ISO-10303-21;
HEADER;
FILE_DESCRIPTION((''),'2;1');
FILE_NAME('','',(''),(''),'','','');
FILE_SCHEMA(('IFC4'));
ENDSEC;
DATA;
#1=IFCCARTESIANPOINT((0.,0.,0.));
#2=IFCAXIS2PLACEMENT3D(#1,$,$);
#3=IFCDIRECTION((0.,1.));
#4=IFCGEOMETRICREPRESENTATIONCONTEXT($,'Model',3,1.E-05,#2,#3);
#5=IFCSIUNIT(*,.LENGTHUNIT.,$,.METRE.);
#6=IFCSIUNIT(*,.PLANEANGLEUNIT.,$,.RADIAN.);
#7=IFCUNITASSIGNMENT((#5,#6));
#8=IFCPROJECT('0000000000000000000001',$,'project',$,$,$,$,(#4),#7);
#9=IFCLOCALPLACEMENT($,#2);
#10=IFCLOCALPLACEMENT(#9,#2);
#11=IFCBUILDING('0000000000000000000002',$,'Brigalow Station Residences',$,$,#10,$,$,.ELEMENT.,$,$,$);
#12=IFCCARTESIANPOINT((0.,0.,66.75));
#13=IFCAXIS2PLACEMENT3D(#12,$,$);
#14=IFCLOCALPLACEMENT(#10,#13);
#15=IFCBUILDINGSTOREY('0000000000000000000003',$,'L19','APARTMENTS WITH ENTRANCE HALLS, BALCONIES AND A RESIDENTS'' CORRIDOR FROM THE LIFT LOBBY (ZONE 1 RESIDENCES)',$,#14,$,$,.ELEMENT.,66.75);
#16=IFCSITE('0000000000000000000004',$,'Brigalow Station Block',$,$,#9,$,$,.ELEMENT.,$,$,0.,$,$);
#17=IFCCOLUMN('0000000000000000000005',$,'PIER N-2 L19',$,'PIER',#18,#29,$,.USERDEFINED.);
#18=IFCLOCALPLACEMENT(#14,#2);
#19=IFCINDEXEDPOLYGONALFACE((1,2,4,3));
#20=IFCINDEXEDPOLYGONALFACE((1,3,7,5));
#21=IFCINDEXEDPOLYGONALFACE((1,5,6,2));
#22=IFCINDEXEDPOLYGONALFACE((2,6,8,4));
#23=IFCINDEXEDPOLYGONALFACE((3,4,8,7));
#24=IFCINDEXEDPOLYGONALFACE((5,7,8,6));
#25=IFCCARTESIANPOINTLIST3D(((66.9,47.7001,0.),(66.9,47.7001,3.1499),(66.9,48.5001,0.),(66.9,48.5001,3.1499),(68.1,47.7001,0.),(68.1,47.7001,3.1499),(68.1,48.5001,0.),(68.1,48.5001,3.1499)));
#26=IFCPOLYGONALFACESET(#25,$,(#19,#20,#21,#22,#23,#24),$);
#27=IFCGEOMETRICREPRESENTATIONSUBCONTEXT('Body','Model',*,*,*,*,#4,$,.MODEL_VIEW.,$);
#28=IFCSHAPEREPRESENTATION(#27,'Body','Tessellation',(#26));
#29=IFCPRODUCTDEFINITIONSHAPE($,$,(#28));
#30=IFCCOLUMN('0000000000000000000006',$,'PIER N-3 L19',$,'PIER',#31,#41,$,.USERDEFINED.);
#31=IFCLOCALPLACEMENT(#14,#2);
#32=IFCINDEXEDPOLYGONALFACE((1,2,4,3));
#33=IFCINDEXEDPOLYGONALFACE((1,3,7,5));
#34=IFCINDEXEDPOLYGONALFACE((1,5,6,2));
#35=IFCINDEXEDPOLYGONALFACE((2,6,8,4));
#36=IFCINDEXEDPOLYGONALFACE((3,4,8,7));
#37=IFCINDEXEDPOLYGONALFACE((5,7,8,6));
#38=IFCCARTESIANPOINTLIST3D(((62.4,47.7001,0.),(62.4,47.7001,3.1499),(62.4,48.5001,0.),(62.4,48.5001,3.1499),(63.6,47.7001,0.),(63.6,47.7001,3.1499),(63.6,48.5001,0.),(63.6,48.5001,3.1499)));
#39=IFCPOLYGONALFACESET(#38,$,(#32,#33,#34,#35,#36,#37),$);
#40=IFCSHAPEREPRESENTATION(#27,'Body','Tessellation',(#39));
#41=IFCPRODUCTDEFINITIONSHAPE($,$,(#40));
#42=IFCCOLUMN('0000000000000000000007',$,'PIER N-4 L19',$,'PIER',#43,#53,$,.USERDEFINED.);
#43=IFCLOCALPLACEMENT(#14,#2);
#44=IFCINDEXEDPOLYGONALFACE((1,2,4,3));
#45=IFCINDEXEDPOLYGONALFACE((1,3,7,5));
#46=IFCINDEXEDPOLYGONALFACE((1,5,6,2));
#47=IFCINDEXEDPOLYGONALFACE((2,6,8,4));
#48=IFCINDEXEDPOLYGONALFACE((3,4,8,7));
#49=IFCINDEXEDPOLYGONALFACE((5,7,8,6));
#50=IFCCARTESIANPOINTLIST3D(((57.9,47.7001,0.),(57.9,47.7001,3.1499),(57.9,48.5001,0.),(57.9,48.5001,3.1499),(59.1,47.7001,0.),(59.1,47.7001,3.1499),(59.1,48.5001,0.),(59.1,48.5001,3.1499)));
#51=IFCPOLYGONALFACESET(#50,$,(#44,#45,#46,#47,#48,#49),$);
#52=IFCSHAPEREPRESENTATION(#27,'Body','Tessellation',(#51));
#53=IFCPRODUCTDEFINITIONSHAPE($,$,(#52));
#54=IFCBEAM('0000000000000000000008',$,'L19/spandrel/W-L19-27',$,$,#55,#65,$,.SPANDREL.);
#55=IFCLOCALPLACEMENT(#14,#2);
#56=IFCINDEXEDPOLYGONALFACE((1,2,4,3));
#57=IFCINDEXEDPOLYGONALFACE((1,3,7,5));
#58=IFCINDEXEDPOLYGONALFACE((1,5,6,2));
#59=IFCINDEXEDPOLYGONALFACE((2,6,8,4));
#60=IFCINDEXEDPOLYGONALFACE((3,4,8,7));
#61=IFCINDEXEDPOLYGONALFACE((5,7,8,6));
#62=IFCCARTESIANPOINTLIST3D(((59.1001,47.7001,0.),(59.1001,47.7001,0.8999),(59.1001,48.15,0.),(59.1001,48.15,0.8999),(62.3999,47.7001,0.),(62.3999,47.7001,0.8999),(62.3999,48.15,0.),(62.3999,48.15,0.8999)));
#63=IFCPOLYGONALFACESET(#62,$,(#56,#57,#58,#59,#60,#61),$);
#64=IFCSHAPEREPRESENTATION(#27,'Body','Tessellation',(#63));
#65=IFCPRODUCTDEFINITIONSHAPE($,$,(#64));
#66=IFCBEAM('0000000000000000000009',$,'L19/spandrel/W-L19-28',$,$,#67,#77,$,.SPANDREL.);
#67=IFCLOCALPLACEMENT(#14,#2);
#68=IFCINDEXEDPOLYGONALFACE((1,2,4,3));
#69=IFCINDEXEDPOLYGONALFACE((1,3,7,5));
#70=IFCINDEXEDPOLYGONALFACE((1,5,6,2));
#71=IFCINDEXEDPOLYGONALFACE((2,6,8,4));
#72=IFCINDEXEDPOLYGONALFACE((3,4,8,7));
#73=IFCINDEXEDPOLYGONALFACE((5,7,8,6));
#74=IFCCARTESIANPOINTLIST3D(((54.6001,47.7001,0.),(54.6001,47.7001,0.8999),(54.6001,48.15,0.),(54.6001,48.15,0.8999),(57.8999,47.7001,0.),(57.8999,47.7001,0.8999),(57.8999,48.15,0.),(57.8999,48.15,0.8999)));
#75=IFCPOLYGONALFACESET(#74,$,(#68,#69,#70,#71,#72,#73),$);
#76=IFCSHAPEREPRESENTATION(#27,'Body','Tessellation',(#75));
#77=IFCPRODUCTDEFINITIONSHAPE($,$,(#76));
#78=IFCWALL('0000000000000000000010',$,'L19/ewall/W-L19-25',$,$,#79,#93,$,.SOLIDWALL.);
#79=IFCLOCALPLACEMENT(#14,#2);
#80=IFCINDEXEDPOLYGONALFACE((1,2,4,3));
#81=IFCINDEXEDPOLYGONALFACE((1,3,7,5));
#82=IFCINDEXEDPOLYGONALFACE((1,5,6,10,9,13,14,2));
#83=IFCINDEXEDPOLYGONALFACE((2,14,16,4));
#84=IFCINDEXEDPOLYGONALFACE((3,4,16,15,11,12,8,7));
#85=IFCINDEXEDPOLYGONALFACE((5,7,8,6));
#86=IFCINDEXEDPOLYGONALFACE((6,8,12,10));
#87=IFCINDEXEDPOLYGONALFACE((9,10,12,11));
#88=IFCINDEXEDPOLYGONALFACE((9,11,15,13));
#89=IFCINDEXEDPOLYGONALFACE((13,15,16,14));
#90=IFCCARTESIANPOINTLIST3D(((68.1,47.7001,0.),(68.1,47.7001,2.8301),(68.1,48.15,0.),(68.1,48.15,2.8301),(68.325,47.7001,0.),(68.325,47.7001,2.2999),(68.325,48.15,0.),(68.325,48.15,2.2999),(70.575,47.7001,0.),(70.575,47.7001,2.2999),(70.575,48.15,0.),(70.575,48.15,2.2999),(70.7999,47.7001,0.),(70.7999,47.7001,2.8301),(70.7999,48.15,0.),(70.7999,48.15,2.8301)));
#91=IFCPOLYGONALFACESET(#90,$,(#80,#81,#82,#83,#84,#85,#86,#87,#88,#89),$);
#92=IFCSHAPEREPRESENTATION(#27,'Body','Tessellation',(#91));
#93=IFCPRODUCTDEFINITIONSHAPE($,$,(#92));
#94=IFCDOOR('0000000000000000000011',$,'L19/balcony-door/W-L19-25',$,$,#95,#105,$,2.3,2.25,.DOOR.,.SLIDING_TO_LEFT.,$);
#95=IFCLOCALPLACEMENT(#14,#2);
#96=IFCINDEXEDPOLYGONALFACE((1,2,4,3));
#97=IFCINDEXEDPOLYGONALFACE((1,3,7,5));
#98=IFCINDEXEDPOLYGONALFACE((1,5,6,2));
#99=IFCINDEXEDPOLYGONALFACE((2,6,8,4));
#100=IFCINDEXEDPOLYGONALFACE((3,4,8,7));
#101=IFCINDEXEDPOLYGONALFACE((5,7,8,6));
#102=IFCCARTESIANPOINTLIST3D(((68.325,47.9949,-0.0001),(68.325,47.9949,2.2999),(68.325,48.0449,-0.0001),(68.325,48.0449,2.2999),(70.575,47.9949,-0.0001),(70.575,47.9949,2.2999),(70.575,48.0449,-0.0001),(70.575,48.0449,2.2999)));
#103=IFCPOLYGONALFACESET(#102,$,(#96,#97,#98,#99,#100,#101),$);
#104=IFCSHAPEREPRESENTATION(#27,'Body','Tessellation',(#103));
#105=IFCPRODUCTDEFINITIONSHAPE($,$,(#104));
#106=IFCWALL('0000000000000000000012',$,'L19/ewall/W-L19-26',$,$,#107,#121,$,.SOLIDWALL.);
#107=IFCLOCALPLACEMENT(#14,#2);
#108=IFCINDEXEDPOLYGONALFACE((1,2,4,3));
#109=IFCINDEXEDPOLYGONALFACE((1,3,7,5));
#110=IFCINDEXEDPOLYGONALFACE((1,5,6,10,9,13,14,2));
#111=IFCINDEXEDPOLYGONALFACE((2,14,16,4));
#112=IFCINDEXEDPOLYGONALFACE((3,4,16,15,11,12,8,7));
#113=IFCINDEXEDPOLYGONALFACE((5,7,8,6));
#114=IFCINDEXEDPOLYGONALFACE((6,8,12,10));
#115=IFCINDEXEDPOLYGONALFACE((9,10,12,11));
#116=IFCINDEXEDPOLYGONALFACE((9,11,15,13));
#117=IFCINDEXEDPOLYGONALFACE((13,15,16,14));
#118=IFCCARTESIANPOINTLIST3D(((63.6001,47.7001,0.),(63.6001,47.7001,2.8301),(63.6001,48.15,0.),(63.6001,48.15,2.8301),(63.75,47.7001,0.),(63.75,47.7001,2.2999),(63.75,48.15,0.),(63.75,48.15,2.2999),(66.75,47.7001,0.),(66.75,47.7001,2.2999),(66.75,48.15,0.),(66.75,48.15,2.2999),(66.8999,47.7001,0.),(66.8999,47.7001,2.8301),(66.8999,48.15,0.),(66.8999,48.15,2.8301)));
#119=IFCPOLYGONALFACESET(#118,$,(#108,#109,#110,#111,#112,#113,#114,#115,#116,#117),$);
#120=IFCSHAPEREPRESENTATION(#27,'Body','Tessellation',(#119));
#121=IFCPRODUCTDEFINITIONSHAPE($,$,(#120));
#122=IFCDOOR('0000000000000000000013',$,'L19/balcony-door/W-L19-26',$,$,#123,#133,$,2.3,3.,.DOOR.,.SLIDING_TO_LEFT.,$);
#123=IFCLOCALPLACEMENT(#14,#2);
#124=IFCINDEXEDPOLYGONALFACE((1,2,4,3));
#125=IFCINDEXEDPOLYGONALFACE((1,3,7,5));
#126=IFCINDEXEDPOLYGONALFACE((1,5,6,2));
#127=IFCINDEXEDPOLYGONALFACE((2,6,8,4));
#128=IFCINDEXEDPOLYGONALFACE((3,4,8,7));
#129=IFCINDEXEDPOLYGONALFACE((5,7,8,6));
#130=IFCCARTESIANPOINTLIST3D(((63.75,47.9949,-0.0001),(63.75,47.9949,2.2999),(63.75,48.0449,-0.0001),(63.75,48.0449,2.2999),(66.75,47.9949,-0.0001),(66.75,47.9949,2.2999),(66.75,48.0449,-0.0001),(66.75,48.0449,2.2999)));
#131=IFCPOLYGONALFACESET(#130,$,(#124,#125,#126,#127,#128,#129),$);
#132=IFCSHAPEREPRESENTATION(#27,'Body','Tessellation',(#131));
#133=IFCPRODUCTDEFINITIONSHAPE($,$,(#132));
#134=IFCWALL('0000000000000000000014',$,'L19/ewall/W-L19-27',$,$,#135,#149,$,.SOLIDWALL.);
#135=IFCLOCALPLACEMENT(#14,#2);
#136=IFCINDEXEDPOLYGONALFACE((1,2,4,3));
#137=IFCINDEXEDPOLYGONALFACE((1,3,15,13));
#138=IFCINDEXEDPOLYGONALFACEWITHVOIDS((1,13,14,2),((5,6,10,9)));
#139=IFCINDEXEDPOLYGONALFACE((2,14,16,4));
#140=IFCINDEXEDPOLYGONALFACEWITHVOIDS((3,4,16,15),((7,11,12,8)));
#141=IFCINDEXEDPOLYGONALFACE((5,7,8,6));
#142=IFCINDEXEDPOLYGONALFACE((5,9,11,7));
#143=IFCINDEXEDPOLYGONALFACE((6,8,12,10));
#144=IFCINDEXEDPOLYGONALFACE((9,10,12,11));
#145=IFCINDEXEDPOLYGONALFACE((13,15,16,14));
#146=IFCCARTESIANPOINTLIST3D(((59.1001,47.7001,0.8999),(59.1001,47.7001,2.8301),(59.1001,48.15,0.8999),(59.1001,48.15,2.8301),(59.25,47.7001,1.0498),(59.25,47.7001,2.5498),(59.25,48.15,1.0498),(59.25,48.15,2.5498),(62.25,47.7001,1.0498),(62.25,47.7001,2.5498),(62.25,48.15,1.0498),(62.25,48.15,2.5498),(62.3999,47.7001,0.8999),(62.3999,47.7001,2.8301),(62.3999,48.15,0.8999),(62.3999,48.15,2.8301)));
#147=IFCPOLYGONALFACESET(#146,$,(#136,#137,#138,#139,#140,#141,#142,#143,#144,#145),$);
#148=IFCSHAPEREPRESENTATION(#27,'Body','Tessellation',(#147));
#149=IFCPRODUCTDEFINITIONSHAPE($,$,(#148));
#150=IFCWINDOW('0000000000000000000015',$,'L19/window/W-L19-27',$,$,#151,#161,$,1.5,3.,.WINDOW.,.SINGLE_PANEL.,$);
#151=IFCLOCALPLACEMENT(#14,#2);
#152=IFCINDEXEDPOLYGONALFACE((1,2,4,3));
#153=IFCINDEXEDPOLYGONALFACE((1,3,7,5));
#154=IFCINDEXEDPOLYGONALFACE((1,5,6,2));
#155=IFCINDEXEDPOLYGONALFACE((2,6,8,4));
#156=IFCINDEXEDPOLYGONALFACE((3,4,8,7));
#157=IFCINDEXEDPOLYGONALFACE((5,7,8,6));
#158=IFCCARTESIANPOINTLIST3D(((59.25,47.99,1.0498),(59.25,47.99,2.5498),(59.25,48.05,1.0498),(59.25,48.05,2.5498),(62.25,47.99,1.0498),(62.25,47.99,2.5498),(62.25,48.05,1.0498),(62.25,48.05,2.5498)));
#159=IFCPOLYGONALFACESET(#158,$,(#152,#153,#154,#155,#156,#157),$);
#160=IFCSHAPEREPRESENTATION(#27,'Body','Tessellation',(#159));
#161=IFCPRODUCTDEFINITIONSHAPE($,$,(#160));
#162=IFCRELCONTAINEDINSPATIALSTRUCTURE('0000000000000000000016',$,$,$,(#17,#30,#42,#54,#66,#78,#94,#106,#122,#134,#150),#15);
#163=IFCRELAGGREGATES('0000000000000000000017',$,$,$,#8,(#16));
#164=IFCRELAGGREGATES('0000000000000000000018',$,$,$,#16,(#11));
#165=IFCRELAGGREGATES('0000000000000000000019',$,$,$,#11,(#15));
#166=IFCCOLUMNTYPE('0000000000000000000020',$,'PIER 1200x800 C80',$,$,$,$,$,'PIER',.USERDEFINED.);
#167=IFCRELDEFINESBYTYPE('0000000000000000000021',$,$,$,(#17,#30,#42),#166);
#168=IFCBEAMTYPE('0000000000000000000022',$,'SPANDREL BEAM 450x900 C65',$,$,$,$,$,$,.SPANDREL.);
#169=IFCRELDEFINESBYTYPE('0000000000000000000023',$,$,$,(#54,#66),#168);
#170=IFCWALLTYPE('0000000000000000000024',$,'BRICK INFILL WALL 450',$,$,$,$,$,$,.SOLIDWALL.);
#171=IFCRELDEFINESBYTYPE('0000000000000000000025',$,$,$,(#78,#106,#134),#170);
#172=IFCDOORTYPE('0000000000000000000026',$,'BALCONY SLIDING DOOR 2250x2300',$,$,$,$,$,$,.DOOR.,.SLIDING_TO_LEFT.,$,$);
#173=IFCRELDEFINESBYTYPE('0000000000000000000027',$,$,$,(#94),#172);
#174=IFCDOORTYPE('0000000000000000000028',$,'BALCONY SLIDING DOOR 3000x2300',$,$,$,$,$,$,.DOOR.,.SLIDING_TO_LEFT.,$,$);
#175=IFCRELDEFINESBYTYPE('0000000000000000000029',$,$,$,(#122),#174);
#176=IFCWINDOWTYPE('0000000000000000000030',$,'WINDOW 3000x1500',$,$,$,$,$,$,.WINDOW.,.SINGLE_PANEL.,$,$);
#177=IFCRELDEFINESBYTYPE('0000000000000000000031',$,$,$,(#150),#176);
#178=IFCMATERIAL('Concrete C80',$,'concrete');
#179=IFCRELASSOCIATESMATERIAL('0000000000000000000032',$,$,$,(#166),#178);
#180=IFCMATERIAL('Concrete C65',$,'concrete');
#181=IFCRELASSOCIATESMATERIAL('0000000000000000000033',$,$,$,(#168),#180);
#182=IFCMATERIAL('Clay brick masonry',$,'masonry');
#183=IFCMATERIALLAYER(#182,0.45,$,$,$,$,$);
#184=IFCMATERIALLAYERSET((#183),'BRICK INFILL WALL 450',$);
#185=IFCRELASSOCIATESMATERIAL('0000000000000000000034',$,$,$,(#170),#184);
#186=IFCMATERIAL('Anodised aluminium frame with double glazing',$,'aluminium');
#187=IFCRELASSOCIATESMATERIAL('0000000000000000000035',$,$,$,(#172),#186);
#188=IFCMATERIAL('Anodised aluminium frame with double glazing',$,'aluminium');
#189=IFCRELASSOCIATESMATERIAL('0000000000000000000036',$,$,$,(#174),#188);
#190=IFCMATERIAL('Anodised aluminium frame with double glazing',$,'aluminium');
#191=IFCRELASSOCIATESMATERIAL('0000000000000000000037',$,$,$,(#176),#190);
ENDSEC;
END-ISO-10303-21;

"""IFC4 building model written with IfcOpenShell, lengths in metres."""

from ifc_helpers import new_model, si_unit, direction, frame, frame_2d, origin, origin_2d, place, context, subcontext, project, spatial, rectangle, extrude, material, layer, layer_set, material_profile, profile_set, type_object, element, fill, save


model = new_model("IFC4")

# Units and contexts
model_context = context("Model", 3, precision=1e-05, world=origin(), true_north=direction((0.0, 1.0)))
body_context = subcontext(model_context, "Body", "Model", "MODEL_VIEW")
ifc_project = project(units=[si_unit("LENGTHUNIT", "METRE"), si_unit("PLANEANGLEUNIT", "RADIAN")], contexts=[model_context])

# Site, building, storey
site_placement = place(None, origin())
site = spatial("IfcSite", under=ifc_project, at=site_placement, Name="Brigalow Station Block", CompositionType="ELEMENT", RefElevation=0.0)
building_placement = place(site_placement, origin())
building = spatial("IfcBuilding", under=site, at=building_placement, Name="Brigalow Station Residences", CompositionType="ELEMENT")
storey_placement = place(building_placement, frame((0.0, 0.0, 66.75)))
storey = spatial("IfcBuildingStorey", under=building, at=storey_placement, Name="L19", Description="APARTMENTS WITH ENTRANCE HALLS, BALCONIES AND A RESIDENTS' CORRIDOR FROM THE LIFT LOBBY (ZONE 1 RESIDENCES)", CompositionType="ELEMENT", Elevation=66.75)

# Columns
ifc_material_1 = material(Name="Concrete C80", Category="concrete")
ifc_material_profile_1 = material_profile(ifc_material_1, rectangle(XDim=1.2, YDim=0.8, at=origin_2d()), Name="RC1200x800")
ifc_profile_set_1 = profile_set([ifc_material_profile_1], Name="Concrete C80")
column_type = type_object("IfcColumnType", Name="PIER 1200x800 C80", ElementType="PIER", PredefinedType="USERDEFINED", material=ifc_profile_set_1)
for number, where, z_axis, x_axis, name in (
    (1, (67.5, 48.1001, 0.0), (0.0, 0.0, 1.0), (-1.0, 0.0, 0.0), "PIER N-2 L19"),
    (2, (63.0, 48.1001, 0.0), (0.0, 0.0, 1.0), (-1.0, 0.0, 0.0), "PIER N-3 L19"),
    (3, (58.5, 48.1001, 0.0), (0.0, 0.0, 1.0), (-1.0, 0.0, 0.0), "PIER N-4 L19"),
):
    element("IfcColumn", number, at=place(storey_placement, frame(where, z_axis=z_axis, x_axis=x_axis)), inside=storey, type_object=column_type, Name=name, ObjectType="PIER", PredefinedType="USERDEFINED", context=body_context, shape_type="SweptSolid", body=[
        extrude(rectangle(XDim=1.2, YDim=0.8, at=origin_2d()), origin(), (0.0, 0.0, 1.0), 3.1499),
    ])

# Beams
ifc_material_2 = material(Name="Concrete C65", Category="concrete")
ifc_material_profile_2 = material_profile(ifc_material_2, rectangle(XDim=0.45, YDim=0.8999, at=origin_2d()), Name="RC450x900")
ifc_profile_set_2 = profile_set([ifc_material_profile_2], Name="Concrete C65")
beam_type = type_object("IfcBeamType", Name="SPANDREL BEAM 450x900 C65", PredefinedType="SPANDREL", material=ifc_profile_set_2)
for number, where, z_axis, x_axis, name in (
    (4, (62.3999, 47.925, 0.45), (-1.0, 0.0, 0.0), (0.0, -1.0, 0.0), "L19/spandrel/W-L19-27"),
    (5, (57.8999, 47.925, 0.45), (-1.0, 0.0, 0.0), (0.0, -1.0, 0.0), "L19/spandrel/W-L19-28"),
):
    element("IfcBeam", number, at=place(storey_placement, frame(where, z_axis=z_axis, x_axis=x_axis)), inside=storey, type_object=beam_type, Name=name, PredefinedType="SPANDREL", context=body_context, shape_type="SweptSolid", body=[
        extrude(rectangle(XDim=0.45, YDim=0.8999, at=origin_2d()), origin(), (0.0, 0.0, 1.0), 3.2998),
    ])

# Walls, openings, doors
ifc_material_3 = material(Name="Clay brick masonry", Category="masonry")
ifc_layer_1 = layer(ifc_material_3, 0.45)
ifc_layer_set_1 = layer_set([ifc_layer_1], Name="BRICK INFILL WALL 450")
wall_type_1 = type_object("IfcWallType", Name="BRICK INFILL WALL 450", PredefinedType="SOLIDWALL", material=ifc_layer_set_1)
wall_1_placement = place(storey_placement, frame((70.8, 47.925, 0.0), z_axis=(0.0, 0.0, 1.0), x_axis=(-1.0, 0.0, 0.0)))
wall_1 = element("IfcWall", 6, at=wall_1_placement, inside=storey, type_object=wall_type_1, Name="L19/ewall/W-L19-25", PredefinedType="SOLIDWALL", context=body_context, shape_type="SweptSolid", body=[
    extrude(rectangle(XDim=2.7, YDim=0.45, at=frame_2d((1.3501, 0.0))), origin(), (0.0, 0.0, 1.0), 2.8301),
])
opening_1_placement = place(wall_1_placement, frame((0.2251, 0.0, 0.0)))
opening_1 = element("IfcOpeningElement", 7, at=opening_1_placement, cuts=wall_1, PredefinedType="OPENING", context=body_context, shape_type="SweptSolid", body=[
    extrude(rectangle(XDim=2.25, YDim=2.3, at=frame_2d((1.125, 1.1499))), frame((0.0, 0.2349, 0.0), z_axis=(0.0, -1.0, 0.0), x_axis=(1.0, 0.0, 0.0)), (0.0, 0.0, 1.0), 0.47),
])
ifc_material_4 = material(Name="Anodised aluminium frame with double glazing", Category="aluminium")
door_type_1 = type_object("IfcDoorType", Name="BALCONY SLIDING DOOR 2250x2300", OperationType="SLIDING_TO_LEFT", PredefinedType="DOOR", material=ifc_material_4)
door_1_placement = place(opening_1_placement, origin())
door_1 = element("IfcDoor", 8, at=door_1_placement, inside=storey, type_object=door_type_1, Name="L19/balcony-door/W-L19-25", OperationType="SLIDING_TO_LEFT", OverallHeight=2.3, OverallWidth=2.25, PredefinedType="DOOR", context=body_context, shape_type="SweptSolid", body=[
    extrude(rectangle(XDim=2.25, YDim=2.3, at=frame_2d((1.125, 1.1499))), frame((0.0, -0.0698, 0.0), z_axis=(0.0, -1.0, 0.0), x_axis=(1.0, 0.0, 0.0)), (0.0, 0.0, 1.0), 0.05),
])
fill(opening_1, door_1)
wall_2_placement = place(storey_placement, frame((66.8999, 47.925, 0.0), z_axis=(0.0, 0.0, 1.0), x_axis=(-1.0, 0.0, 0.0)))
wall_2 = element("IfcWall", 9, at=wall_2_placement, inside=storey, type_object=wall_type_1, Name="L19/ewall/W-L19-26", PredefinedType="SOLIDWALL", context=body_context, shape_type="SweptSolid", body=[
    extrude(rectangle(XDim=3.2998, YDim=0.45, at=frame_2d((1.6499, 0.0))), origin(), (0.0, 0.0, 1.0), 2.8301),
])
opening_2_placement = place(wall_2_placement, frame((0.1499, 0.0, 0.0)))
opening_2 = element("IfcOpeningElement", 10, at=opening_2_placement, cuts=wall_2, PredefinedType="OPENING", context=body_context, shape_type="SweptSolid", body=[
    extrude(rectangle(XDim=3.0, YDim=2.3, at=frame_2d((1.5, 1.1499))), frame((0.0, 0.2349, 0.0), z_axis=(0.0, -1.0, 0.0), x_axis=(1.0, 0.0, 0.0)), (0.0, 0.0, 1.0), 0.47),
])
ifc_material_5 = material(Name="Anodised aluminium frame with double glazing", Category="aluminium")
door_type_2 = type_object("IfcDoorType", Name="BALCONY SLIDING DOOR 3000x2300", OperationType="SLIDING_TO_LEFT", PredefinedType="DOOR", material=ifc_material_5)
door_2_placement = place(opening_2_placement, origin())
door_2 = element("IfcDoor", 11, at=door_2_placement, inside=storey, type_object=door_type_2, Name="L19/balcony-door/W-L19-26", OperationType="SLIDING_TO_LEFT", OverallHeight=2.3, OverallWidth=3.0, PredefinedType="DOOR", context=body_context, shape_type="SweptSolid", body=[
    extrude(rectangle(XDim=3.0, YDim=2.3, at=frame_2d((1.5, 1.1499))), frame((0.0, -0.0698, 0.0), z_axis=(0.0, -1.0, 0.0), x_axis=(1.0, 0.0, 0.0)), (0.0, 0.0, 1.0), 0.05),
])
fill(opening_2, door_2)

# Wall, opening, window
wall_3_placement = place(storey_placement, frame((62.3999, 47.925, 0.8999), z_axis=(0.0, 0.0, 1.0), x_axis=(-1.0, 0.0, 0.0)))
wall_3 = element("IfcWall", 12, at=wall_3_placement, inside=storey, type_object=wall_type_1, Name="L19/ewall/W-L19-27", PredefinedType="SOLIDWALL", context=body_context, shape_type="SweptSolid", body=[
    extrude(rectangle(XDim=3.2998, YDim=0.45, at=frame_2d((1.6499, 0.0))), origin(), (0.0, 0.0, 1.0), 1.9302),
])
opening_3_placement = place(wall_3_placement, frame((0.1499, 0.0, 0.1499)))
opening_3 = element("IfcOpeningElement", 13, at=opening_3_placement, cuts=wall_3, PredefinedType="OPENING", context=body_context, shape_type="SweptSolid", body=[
    extrude(rectangle(XDim=3.0, YDim=1.5, at=frame_2d((1.5, 0.75))), frame((0.0, 0.2349, 0.0), z_axis=(0.0, -1.0, 0.0), x_axis=(1.0, 0.0, 0.0)), (0.0, 0.0, 1.0), 0.47),
])
ifc_material_6 = material(Name="Anodised aluminium frame with double glazing", Category="aluminium")
window_type = type_object("IfcWindowType", Name="WINDOW 3000x1500", PartitioningType="SINGLE_PANEL", PredefinedType="WINDOW", material=ifc_material_6)
window_1_placement = place(opening_3_placement, origin())
window_1 = element("IfcWindow", 14, at=window_1_placement, inside=storey, type_object=window_type, Name="L19/window/W-L19-27", OverallHeight=1.5, OverallWidth=3.0, PartitioningType="SINGLE_PANEL", PredefinedType="WINDOW", context=body_context, shape_type="SweptSolid", body=[
    extrude(rectangle(XDim=3.0, YDim=1.5, at=frame_2d((1.5, 0.75))), frame((0.0, -0.0649, 0.0), z_axis=(0.0, -1.0, 0.0), x_axis=(1.0, 0.0, 0.0)), (0.0, 0.0, 1.0), 0.0601),
])
fill(opening_3, window_1)

save(model, "model.ifc")
